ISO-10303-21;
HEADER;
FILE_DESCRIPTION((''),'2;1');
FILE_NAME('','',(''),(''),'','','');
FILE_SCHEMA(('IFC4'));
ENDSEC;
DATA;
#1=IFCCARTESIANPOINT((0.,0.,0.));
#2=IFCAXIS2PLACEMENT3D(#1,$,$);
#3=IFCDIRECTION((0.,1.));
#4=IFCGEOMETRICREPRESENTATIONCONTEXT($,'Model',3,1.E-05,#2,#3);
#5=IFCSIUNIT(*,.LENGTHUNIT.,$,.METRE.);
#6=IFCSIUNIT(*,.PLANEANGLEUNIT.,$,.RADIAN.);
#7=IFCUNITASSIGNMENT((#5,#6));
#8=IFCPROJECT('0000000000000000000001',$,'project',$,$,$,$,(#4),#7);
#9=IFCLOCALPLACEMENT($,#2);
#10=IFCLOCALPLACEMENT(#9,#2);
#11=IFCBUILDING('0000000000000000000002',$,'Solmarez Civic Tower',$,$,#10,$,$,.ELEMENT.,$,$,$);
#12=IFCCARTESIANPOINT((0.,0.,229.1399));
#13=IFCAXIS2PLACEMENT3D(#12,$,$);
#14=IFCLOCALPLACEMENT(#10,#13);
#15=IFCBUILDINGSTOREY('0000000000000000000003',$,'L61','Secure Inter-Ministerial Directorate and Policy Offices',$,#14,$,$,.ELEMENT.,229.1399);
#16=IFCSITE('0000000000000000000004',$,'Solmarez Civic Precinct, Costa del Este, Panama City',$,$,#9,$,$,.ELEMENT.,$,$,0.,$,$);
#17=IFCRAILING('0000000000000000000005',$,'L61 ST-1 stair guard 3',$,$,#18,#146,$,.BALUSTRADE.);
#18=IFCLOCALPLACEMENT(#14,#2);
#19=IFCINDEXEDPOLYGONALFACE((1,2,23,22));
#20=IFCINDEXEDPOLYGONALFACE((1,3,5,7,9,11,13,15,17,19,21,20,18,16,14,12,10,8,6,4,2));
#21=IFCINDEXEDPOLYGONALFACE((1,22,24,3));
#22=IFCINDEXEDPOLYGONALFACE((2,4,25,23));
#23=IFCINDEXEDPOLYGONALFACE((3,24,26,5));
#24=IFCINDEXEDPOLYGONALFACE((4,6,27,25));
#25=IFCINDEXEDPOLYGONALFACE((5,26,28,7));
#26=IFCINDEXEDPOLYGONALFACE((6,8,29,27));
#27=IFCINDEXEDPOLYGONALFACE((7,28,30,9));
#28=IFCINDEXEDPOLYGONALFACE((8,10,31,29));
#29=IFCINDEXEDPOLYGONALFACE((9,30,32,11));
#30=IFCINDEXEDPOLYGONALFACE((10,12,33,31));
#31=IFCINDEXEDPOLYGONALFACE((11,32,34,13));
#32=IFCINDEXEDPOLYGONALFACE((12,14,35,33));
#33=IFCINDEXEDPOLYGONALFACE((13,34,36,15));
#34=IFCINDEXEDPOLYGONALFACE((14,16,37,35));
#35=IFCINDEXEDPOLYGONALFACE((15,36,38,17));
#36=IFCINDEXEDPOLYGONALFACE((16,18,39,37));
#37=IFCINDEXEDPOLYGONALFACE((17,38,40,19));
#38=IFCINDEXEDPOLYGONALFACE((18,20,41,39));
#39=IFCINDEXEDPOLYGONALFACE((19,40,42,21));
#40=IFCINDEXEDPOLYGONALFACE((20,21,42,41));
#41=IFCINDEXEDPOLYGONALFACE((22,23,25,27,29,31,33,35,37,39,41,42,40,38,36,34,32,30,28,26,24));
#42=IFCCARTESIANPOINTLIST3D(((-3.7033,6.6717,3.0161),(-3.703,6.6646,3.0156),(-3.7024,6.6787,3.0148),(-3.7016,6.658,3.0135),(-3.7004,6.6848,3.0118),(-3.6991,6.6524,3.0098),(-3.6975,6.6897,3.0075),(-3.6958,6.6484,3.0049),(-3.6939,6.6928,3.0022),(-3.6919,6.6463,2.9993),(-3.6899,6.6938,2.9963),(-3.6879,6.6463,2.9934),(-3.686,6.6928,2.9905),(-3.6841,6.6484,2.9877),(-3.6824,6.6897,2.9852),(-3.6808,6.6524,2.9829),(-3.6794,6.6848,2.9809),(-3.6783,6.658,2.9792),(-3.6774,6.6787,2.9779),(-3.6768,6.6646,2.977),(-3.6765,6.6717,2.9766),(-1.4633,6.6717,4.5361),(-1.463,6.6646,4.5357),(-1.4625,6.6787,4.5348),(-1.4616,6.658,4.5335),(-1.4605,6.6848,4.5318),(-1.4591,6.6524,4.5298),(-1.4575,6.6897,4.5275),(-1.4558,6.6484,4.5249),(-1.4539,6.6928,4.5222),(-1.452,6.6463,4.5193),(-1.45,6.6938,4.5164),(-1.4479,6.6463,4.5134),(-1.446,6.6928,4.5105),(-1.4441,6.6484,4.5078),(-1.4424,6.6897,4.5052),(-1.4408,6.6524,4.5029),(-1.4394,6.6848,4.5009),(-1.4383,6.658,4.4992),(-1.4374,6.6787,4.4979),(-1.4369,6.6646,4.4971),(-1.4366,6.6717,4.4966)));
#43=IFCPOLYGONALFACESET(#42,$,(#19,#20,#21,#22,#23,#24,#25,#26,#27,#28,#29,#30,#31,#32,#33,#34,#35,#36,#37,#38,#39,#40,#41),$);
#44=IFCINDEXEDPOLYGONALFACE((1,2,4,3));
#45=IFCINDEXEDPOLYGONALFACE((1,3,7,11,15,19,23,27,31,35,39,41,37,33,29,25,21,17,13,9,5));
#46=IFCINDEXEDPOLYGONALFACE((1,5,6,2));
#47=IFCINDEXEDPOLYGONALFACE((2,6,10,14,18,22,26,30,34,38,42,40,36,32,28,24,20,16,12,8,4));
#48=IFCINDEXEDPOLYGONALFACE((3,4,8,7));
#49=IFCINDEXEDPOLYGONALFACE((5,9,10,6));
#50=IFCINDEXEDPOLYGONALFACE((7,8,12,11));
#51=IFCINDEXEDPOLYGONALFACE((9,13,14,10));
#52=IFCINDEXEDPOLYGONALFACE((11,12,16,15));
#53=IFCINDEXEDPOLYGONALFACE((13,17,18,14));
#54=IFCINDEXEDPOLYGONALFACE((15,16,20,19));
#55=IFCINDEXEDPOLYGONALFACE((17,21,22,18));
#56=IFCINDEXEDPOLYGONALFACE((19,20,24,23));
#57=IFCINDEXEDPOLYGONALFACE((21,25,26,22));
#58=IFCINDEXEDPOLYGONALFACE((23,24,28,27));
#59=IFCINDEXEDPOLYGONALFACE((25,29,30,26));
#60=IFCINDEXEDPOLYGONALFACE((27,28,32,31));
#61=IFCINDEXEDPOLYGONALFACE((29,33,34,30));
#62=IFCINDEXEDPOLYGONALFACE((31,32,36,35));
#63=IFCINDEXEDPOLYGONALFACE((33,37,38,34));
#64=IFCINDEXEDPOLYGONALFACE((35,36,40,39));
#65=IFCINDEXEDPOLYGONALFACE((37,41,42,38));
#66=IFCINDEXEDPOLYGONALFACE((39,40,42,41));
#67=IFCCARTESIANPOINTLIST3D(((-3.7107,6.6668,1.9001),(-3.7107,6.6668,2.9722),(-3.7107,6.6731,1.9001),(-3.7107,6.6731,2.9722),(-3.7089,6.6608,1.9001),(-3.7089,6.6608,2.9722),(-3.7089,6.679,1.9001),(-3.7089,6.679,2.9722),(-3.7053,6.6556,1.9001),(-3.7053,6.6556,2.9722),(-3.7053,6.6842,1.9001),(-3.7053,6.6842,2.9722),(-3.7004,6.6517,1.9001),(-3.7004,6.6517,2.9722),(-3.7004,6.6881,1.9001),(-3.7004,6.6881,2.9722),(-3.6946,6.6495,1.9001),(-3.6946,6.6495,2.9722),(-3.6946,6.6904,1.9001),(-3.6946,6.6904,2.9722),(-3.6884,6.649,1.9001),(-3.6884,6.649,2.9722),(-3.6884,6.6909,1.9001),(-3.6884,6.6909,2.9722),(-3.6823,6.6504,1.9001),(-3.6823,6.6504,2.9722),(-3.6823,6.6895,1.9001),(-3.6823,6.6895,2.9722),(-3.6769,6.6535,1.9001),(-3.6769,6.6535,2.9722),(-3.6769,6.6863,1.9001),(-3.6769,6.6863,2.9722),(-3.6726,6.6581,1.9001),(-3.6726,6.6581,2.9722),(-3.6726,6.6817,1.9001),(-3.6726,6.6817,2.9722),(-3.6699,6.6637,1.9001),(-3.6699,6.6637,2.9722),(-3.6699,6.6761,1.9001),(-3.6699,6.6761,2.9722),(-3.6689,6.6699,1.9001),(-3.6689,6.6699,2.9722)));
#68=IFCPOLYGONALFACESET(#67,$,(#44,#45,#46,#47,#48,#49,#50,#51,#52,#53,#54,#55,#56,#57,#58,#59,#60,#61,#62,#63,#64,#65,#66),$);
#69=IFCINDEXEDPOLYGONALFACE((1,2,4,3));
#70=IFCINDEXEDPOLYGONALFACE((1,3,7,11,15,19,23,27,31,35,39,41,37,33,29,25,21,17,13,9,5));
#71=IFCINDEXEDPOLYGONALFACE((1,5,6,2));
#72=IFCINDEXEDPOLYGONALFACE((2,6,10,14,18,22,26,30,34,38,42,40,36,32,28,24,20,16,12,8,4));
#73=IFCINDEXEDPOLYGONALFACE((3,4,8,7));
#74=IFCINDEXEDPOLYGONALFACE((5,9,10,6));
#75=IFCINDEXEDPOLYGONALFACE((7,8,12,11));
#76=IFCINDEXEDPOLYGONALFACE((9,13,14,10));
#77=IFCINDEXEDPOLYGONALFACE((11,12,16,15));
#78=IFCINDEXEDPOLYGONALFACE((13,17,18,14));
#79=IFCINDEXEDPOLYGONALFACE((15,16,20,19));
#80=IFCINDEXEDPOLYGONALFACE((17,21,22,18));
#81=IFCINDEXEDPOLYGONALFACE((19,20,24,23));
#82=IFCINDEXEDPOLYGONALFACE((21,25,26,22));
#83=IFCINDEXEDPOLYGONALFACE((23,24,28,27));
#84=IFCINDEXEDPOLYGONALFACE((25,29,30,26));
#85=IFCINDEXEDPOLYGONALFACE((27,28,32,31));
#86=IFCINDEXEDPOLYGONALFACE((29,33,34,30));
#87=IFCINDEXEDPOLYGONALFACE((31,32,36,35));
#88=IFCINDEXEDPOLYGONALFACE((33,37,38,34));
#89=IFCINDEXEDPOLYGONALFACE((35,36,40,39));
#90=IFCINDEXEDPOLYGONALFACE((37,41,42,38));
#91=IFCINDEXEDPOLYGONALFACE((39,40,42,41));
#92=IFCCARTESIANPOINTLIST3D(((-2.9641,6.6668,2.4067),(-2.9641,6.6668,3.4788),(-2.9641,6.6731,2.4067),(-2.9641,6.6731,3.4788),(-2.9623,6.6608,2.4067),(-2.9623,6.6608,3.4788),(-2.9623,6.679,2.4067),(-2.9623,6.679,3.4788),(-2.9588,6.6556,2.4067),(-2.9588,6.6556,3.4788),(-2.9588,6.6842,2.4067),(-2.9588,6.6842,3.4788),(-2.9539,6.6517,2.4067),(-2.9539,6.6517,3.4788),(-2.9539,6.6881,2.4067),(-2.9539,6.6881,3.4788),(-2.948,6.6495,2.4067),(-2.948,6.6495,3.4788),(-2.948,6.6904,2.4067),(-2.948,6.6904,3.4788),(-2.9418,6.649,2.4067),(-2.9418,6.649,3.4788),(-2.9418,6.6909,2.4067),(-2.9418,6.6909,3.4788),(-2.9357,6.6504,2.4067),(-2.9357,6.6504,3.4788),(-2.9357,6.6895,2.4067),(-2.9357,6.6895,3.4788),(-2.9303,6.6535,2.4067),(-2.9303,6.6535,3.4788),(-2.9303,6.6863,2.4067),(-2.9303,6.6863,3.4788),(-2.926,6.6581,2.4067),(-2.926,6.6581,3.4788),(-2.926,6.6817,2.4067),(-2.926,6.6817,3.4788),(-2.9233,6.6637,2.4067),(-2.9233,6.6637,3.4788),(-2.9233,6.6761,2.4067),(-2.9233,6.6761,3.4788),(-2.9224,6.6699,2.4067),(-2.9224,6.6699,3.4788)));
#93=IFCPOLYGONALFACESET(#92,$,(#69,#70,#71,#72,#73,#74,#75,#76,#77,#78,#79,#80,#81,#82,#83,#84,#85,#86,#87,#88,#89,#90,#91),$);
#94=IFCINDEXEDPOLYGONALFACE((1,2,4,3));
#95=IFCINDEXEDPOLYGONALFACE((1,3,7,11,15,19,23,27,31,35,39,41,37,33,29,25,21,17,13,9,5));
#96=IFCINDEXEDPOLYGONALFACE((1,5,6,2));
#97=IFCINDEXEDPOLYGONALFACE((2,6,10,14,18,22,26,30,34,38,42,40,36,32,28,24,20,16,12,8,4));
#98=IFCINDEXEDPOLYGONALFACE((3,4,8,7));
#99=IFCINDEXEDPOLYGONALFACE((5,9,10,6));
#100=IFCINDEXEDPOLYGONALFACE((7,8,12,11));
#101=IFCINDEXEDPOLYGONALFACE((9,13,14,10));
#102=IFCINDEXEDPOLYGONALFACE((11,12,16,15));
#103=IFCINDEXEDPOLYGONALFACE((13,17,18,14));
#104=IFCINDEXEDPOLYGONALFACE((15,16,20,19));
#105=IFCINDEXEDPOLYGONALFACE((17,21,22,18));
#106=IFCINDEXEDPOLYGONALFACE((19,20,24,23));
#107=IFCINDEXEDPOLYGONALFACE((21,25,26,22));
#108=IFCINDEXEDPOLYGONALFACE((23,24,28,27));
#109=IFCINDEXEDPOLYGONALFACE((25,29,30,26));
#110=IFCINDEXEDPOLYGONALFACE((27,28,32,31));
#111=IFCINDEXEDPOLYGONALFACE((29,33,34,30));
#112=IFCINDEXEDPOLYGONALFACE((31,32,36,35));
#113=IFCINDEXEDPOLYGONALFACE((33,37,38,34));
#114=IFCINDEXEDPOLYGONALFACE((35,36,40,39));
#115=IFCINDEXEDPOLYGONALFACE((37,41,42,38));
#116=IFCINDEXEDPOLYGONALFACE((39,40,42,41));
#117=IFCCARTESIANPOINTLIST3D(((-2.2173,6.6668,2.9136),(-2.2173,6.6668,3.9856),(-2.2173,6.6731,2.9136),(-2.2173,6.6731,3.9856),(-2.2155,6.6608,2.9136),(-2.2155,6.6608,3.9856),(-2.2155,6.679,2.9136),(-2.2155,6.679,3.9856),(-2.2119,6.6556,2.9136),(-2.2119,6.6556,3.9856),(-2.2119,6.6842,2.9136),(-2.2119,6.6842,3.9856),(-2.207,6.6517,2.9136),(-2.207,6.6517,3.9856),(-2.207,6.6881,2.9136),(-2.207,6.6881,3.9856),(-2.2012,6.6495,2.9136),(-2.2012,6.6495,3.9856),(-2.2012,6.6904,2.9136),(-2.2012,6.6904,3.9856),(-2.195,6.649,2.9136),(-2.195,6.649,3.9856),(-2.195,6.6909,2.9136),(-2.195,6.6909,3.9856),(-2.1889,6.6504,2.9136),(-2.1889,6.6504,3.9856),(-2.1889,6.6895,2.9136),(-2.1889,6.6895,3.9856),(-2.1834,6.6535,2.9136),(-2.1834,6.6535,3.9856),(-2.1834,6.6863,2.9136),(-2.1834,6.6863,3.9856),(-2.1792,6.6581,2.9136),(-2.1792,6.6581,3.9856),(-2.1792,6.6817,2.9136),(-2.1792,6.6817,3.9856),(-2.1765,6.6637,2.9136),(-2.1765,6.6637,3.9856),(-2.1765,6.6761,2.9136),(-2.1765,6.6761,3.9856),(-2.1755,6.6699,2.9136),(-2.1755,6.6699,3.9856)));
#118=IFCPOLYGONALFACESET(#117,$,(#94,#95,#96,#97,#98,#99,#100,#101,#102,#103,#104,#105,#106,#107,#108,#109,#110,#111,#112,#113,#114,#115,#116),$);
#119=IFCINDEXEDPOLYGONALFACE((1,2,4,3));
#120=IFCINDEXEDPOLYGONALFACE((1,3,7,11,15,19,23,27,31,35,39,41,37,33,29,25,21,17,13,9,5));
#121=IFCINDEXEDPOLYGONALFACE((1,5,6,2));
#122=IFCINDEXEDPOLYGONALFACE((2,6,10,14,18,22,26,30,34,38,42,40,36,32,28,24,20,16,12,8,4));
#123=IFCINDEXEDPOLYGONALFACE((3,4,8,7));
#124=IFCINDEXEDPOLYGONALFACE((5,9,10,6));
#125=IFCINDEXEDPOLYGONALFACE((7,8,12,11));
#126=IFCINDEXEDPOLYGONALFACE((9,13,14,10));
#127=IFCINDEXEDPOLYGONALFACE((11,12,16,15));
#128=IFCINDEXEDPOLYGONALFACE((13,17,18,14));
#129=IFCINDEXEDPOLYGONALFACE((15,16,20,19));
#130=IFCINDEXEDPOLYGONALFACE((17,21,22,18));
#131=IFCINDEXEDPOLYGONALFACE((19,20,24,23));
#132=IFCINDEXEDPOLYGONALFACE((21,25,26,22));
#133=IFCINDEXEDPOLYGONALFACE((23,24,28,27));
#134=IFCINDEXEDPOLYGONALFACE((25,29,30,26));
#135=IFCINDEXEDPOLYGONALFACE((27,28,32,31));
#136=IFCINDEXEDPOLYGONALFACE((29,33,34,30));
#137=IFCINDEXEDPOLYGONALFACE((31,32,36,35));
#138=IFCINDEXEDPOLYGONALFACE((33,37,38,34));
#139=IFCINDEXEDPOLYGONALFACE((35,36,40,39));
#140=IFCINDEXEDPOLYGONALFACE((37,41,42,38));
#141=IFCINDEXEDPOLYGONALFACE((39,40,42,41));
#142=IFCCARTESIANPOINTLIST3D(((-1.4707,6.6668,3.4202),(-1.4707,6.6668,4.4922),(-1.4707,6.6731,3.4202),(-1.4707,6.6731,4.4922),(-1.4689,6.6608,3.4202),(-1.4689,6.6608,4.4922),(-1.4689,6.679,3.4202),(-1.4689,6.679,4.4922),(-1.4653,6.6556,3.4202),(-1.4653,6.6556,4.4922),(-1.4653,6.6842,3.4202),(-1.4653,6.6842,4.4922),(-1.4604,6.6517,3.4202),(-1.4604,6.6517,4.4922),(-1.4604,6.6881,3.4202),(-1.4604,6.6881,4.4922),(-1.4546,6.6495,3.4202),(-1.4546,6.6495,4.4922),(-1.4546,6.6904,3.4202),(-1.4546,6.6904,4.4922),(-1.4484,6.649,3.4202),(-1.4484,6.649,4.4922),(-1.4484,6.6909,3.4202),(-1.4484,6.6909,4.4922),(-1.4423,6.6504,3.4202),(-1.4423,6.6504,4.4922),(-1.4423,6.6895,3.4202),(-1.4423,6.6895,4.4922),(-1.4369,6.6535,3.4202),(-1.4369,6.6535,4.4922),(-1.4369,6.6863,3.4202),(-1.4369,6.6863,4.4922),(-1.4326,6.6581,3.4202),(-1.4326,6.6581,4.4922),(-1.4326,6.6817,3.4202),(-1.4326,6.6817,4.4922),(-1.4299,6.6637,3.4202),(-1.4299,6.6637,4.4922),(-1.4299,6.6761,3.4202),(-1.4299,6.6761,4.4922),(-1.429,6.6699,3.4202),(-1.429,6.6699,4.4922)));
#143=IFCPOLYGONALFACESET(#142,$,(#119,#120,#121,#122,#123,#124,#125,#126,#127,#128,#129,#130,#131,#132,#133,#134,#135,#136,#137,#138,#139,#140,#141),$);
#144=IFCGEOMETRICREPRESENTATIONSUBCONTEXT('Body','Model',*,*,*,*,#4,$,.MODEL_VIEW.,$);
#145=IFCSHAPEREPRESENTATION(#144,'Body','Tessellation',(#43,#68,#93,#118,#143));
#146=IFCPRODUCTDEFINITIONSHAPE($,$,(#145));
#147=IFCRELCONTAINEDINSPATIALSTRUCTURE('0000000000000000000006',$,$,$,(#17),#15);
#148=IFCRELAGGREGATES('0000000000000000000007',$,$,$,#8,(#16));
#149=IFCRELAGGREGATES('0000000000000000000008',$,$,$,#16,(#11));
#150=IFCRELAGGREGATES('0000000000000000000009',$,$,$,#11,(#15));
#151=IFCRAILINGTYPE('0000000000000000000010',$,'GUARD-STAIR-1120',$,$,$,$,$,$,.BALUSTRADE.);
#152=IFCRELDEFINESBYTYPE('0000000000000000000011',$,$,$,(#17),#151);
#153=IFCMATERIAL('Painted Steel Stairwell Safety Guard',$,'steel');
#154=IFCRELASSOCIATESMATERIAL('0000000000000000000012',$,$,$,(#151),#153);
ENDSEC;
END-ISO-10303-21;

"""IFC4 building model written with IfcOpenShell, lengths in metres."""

from ifc_helpers import new_model, si_unit, direction, frame, origin, origin_2d, place, context, subcontext, project, spatial, circle, extrude, material, type_object, element, save


model = new_model("IFC4")

# Units and contexts
model_context = context("Model", 3, precision=1e-05, world=origin(), true_north=direction((0.0, 1.0)))
body_context = subcontext(model_context, "Body", "Model", "MODEL_VIEW")
ifc_project = project(units=[si_unit("LENGTHUNIT", "METRE"), si_unit("PLANEANGLEUNIT", "RADIAN")], contexts=[model_context])

# Site, building, storey
site_placement = place(None, origin())
site = spatial("IfcSite", under=ifc_project, at=site_placement, Name="Solmarez Civic Precinct, Costa del Este, Panama City", CompositionType="ELEMENT", RefElevation=0.0)
building_placement = place(site_placement, origin())
building = spatial("IfcBuilding", under=site, at=building_placement, Name="Solmarez Civic Tower", CompositionType="ELEMENT")
storey_placement = place(building_placement, frame((0.0, 0.0, 229.1399)))
storey = spatial("IfcBuildingStorey", under=building, at=storey_placement, Name="L61", Description="Secure Inter-Ministerial Directorate and Policy Offices", CompositionType="ELEMENT", Elevation=229.1399)

# Railing
ifc_material_1 = material(Name="Painted Steel Stairwell Safety Guard", Category="steel")
railing_type_1 = type_object("IfcRailingType", Name="GUARD-STAIR-1120", PredefinedType="BALUSTRADE", material=ifc_material_1)
railing_1_placement = place(storey_placement, frame((-3.6899, 6.6699, 1.9001)))
element("IfcRailing", 1, at=railing_1_placement, inside=storey, type_object=railing_type_1, Name="L61 ST-1 stair guard 3", PredefinedType="BALUSTRADE", context=body_context, shape_type="SweptSolid", body=[
    extrude(circle(Radius=0.0239, at=origin_2d()), frame((0.0, 0.0, 1.0962), z_axis=(0.827471, 0.0, 0.561508), x_axis=(0.0, 1.0, 0.0)), (0.0, 0.0, 1.0), 2.707),
    extrude(circle(Radius=0.021, at=origin_2d()), origin(), (0.0, 0.0, 1.0), 1.072),
    extrude(circle(Radius=0.021, at=origin_2d()), frame((0.7466, 0.0, 0.5066)), (0.0, 0.0, 1.0), 1.072),
    extrude(circle(Radius=0.021, at=origin_2d()), frame((1.4934, 0.0, 1.0134)), (0.0, 0.0, 1.0), 1.072),
    extrude(circle(Radius=0.021, at=origin_2d()), frame((2.24, 0.0, 1.52)), (0.0, 0.0, 1.0), 1.072),
])

save(model, "model.ifc")
